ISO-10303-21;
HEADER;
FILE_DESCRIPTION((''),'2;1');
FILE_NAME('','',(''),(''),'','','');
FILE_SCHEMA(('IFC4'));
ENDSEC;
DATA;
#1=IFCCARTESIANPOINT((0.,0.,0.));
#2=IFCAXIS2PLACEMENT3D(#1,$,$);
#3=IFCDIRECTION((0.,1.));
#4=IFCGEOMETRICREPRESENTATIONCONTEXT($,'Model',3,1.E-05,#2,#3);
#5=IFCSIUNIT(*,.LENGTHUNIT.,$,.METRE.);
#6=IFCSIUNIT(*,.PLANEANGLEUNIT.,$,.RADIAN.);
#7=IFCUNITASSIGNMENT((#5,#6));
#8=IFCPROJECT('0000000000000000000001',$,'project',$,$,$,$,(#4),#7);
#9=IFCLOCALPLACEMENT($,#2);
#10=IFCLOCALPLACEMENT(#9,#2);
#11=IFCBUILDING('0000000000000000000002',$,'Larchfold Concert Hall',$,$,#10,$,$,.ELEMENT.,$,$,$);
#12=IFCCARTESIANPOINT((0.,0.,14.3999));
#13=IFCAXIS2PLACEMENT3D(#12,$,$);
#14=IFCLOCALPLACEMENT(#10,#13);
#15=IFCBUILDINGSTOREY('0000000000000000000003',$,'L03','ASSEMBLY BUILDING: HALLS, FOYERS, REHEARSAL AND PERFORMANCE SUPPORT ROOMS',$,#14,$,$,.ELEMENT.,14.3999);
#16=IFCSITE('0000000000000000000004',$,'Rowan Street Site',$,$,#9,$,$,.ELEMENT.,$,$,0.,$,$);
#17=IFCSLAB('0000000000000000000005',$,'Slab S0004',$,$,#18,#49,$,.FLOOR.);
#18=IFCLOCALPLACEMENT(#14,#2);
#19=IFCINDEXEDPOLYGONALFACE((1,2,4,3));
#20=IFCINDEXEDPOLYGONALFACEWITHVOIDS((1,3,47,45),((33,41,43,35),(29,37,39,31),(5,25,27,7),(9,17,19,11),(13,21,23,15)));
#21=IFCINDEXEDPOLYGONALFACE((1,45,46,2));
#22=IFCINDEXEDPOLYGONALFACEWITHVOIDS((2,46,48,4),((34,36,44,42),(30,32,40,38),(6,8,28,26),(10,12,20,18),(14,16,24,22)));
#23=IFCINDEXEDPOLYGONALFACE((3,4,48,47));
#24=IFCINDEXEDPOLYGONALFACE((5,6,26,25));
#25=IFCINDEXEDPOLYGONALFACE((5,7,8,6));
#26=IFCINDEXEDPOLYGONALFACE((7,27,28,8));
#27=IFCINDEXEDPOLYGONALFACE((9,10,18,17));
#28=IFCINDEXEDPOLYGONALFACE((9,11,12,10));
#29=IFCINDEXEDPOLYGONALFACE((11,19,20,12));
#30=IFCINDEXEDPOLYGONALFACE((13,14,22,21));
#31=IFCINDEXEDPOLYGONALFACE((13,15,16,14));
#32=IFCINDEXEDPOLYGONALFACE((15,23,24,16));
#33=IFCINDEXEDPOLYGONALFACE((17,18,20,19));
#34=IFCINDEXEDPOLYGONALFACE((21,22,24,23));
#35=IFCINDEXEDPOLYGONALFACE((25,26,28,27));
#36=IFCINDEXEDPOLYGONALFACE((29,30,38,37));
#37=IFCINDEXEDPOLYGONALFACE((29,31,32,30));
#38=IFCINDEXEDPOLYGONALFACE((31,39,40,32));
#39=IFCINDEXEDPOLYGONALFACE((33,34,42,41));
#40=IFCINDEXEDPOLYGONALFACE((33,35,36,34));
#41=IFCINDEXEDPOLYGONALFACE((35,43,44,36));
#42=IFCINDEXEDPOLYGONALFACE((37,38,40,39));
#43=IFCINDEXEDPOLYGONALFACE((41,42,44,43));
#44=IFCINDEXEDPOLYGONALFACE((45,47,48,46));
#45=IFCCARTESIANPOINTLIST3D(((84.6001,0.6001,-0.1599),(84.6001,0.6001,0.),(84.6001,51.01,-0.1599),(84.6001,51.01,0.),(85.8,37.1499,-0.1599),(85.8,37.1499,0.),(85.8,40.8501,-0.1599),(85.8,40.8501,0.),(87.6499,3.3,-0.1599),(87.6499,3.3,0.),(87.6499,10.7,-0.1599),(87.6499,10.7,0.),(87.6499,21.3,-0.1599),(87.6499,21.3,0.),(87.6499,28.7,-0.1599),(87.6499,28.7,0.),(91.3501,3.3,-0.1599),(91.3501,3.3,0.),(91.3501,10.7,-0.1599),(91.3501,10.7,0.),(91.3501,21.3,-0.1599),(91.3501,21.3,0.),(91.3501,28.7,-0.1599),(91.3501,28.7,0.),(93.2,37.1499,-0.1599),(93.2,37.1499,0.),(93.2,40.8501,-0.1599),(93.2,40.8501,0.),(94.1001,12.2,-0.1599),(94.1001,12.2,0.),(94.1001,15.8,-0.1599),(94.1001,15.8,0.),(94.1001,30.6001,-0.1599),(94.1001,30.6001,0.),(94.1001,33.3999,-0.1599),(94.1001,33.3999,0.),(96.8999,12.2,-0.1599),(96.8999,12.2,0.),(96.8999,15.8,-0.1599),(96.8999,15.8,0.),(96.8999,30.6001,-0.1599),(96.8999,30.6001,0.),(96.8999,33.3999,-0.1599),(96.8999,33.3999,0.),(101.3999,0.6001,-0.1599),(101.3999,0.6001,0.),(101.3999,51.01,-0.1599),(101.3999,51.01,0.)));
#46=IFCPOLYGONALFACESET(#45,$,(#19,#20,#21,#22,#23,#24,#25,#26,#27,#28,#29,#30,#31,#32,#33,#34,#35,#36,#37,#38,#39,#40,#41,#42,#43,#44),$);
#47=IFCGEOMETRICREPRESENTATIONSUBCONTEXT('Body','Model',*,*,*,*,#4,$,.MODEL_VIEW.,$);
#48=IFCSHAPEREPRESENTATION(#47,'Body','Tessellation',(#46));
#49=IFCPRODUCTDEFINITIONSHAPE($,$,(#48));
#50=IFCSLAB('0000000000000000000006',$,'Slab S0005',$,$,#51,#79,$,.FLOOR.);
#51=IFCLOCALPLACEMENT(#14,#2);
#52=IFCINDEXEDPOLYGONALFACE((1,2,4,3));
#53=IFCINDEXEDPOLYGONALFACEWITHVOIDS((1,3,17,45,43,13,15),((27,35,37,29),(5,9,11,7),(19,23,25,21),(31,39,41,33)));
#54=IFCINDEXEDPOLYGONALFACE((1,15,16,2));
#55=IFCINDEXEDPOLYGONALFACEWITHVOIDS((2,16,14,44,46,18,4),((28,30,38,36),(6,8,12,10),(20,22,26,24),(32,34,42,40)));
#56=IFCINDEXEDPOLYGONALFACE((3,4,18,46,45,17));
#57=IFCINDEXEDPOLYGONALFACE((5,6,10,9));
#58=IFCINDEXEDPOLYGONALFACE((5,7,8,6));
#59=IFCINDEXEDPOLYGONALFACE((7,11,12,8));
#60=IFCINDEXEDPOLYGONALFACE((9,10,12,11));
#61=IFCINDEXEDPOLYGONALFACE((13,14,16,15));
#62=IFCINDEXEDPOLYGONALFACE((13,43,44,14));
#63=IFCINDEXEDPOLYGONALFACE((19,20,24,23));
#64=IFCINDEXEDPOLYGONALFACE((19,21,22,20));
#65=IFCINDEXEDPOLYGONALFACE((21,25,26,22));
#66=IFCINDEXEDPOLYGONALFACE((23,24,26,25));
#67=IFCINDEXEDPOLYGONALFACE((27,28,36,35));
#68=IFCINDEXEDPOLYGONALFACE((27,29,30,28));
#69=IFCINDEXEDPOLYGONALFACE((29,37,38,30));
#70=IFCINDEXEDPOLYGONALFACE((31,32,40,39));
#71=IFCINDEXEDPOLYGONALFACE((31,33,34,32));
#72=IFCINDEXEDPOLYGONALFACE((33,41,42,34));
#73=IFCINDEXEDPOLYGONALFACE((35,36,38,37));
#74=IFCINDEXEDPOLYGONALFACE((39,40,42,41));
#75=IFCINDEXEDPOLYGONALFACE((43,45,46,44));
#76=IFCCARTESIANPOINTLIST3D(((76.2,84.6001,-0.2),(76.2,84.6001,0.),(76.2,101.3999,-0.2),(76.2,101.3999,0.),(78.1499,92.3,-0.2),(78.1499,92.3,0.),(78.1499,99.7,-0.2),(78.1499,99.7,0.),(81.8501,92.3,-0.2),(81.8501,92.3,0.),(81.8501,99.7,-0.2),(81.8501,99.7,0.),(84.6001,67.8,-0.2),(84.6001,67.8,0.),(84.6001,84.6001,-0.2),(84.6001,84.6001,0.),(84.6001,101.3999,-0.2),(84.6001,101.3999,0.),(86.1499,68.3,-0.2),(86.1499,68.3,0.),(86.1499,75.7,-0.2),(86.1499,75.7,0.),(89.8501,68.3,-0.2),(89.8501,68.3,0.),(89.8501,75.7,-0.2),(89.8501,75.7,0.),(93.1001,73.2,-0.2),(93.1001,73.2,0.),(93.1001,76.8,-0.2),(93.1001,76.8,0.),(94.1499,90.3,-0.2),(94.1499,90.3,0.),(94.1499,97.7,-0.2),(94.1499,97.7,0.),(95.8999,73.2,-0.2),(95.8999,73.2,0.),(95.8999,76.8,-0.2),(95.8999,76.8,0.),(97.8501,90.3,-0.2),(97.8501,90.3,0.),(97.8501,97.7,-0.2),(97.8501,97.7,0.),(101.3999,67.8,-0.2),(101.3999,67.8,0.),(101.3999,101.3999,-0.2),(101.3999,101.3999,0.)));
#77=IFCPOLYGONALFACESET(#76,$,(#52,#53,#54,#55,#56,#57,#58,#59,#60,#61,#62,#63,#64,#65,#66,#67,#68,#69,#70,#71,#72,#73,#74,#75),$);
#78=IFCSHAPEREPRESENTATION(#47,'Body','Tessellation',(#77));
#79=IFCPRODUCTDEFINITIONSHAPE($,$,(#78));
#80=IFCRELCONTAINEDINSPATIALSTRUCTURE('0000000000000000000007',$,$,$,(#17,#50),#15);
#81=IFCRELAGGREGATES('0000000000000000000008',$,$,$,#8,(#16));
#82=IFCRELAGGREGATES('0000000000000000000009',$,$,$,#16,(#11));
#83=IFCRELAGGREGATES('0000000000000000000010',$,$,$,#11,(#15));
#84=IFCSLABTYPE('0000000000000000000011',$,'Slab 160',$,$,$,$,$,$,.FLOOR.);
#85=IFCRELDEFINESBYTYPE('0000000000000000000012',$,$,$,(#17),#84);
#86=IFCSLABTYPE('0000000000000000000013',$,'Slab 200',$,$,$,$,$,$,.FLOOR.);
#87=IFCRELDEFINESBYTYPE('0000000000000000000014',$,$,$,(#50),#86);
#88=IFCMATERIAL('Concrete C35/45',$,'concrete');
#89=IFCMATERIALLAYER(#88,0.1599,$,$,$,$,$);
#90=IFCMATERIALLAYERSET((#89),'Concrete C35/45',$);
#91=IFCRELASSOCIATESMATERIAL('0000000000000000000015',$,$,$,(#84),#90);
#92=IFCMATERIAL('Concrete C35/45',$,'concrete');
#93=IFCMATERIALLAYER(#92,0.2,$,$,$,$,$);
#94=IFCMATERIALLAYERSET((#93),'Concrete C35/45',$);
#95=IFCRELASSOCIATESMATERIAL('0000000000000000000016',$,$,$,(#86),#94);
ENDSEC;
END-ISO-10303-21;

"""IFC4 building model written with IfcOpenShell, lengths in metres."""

from ifc_helpers import new_model, si_unit, direction, frame, origin, place, context, subcontext, project, spatial, polyline, outline, extrude, material, layer, layer_set, type_object, element, save


model = new_model("IFC4")

# Units and contexts
model_context = context("Model", 3, precision=1e-05, world=origin(), true_north=direction((0.0, 1.0)))
body_context = subcontext(model_context, "Body", "Model", "MODEL_VIEW")
ifc_project = project(units=[si_unit("LENGTHUNIT", "METRE"), si_unit("PLANEANGLEUNIT", "RADIAN")], contexts=[model_context])

# Site, building, storey
site_placement = place(None, origin())
site = spatial("IfcSite", under=ifc_project, at=site_placement, Name="Rowan Street Site", CompositionType="ELEMENT", RefElevation=0.0)
building_placement = place(site_placement, origin())
building = spatial("IfcBuilding", under=site, at=building_placement, Name="Larchfold Concert Hall", CompositionType="ELEMENT")
storey_placement = place(building_placement, frame((0.0, 0.0, 14.3999)))
storey = spatial("IfcBuildingStorey", under=building, at=storey_placement, Name="L03", Description="ASSEMBLY BUILDING: HALLS, FOYERS, REHEARSAL AND PERFORMANCE SUPPORT ROOMS", CompositionType="ELEMENT", Elevation=14.3999)

# Slabs
ifc_material_1 = material(Name="Concrete C35/45", Category="concrete")
ifc_layer_1 = layer(ifc_material_1, 0.1599)
ifc_layer_set_1 = layer_set([ifc_layer_1], Name="Concrete C35/45")
slab_type_1 = type_object("IfcSlabType", Name="Slab 160", PredefinedType="FLOOR", material=ifc_layer_set_1)
slab_1_placement = place(storey_placement, frame((0.0, 0.0, -0.1599)))
element("IfcSlab", 1, at=slab_1_placement, inside=storey, type_object=slab_type_1, Name="Slab S0004", PredefinedType="FLOOR", context=body_context, shape_type="SweptSolid", body=[
    extrude(outline(polyline([(84.6001, 51.01), (84.6001, 0.6001), (101.3999, 0.6001), (101.3999, 51.01), (84.6001, 51.01)]), holes=[polyline([(91.3501, 3.3), (87.6499, 3.3), (87.6499, 10.7), (91.3501, 10.7), (91.3501, 3.3)]), polyline([(96.8999, 12.2), (94.1001, 12.2), (94.1001, 15.8), (96.8999, 15.8), (96.8999, 12.2)]), polyline([(91.3501, 21.3), (87.6499, 21.3), (87.6499, 28.7), (91.3501, 28.7), (91.3501, 21.3)]), polyline([(94.1001, 30.6001), (94.1001, 33.3999), (96.8999, 33.3999), (96.8999, 30.6001), (94.1001, 30.6001)]), polyline([(85.8, 37.1499), (85.8, 40.8501), (93.2, 40.8501), (93.2, 37.1499), (85.8, 37.1499)])]), origin(), (0.0, 0.0, 1.0), 0.1599),
])
ifc_material_2 = material(Name="Concrete C35/45", Category="concrete")
ifc_layer_2 = layer(ifc_material_2, 0.2)
ifc_layer_set_2 = layer_set([ifc_layer_2], Name="Concrete C35/45")
slab_type_2 = type_object("IfcSlabType", Name="Slab 200", PredefinedType="FLOOR", material=ifc_layer_set_2)
slab_2_placement = place(storey_placement, frame((0.0, 0.0, -0.2)))
element("IfcSlab", 2, at=slab_2_placement, inside=storey, type_object=slab_type_2, Name="Slab S0005", PredefinedType="FLOOR", context=body_context, shape_type="SweptSolid", body=[
    extrude(outline(polyline([(101.3999, 101.3999), (84.6001, 101.3999), (76.2, 101.3999), (76.2, 84.6001), (84.6001, 84.6001), (84.6001, 67.8), (101.3999, 67.8), (101.3999, 101.3999)]), holes=[polyline([(86.1499, 68.3), (86.1499, 75.7), (89.8501, 75.7), (89.8501, 68.3), (86.1499, 68.3)]), polyline([(93.1001, 73.2), (93.1001, 76.8), (95.8999, 76.8), (95.8999, 73.2), (93.1001, 73.2)]), polyline([(94.1499, 90.3), (94.1499, 97.7), (97.8501, 97.7), (97.8501, 90.3), (94.1499, 90.3)]), polyline([(78.1499, 92.3), (78.1499, 99.7), (81.8501, 99.7), (81.8501, 92.3), (78.1499, 92.3)])]), origin(), (0.0, 0.0, 1.0), 0.2),
])

save(model, "model.ifc")
